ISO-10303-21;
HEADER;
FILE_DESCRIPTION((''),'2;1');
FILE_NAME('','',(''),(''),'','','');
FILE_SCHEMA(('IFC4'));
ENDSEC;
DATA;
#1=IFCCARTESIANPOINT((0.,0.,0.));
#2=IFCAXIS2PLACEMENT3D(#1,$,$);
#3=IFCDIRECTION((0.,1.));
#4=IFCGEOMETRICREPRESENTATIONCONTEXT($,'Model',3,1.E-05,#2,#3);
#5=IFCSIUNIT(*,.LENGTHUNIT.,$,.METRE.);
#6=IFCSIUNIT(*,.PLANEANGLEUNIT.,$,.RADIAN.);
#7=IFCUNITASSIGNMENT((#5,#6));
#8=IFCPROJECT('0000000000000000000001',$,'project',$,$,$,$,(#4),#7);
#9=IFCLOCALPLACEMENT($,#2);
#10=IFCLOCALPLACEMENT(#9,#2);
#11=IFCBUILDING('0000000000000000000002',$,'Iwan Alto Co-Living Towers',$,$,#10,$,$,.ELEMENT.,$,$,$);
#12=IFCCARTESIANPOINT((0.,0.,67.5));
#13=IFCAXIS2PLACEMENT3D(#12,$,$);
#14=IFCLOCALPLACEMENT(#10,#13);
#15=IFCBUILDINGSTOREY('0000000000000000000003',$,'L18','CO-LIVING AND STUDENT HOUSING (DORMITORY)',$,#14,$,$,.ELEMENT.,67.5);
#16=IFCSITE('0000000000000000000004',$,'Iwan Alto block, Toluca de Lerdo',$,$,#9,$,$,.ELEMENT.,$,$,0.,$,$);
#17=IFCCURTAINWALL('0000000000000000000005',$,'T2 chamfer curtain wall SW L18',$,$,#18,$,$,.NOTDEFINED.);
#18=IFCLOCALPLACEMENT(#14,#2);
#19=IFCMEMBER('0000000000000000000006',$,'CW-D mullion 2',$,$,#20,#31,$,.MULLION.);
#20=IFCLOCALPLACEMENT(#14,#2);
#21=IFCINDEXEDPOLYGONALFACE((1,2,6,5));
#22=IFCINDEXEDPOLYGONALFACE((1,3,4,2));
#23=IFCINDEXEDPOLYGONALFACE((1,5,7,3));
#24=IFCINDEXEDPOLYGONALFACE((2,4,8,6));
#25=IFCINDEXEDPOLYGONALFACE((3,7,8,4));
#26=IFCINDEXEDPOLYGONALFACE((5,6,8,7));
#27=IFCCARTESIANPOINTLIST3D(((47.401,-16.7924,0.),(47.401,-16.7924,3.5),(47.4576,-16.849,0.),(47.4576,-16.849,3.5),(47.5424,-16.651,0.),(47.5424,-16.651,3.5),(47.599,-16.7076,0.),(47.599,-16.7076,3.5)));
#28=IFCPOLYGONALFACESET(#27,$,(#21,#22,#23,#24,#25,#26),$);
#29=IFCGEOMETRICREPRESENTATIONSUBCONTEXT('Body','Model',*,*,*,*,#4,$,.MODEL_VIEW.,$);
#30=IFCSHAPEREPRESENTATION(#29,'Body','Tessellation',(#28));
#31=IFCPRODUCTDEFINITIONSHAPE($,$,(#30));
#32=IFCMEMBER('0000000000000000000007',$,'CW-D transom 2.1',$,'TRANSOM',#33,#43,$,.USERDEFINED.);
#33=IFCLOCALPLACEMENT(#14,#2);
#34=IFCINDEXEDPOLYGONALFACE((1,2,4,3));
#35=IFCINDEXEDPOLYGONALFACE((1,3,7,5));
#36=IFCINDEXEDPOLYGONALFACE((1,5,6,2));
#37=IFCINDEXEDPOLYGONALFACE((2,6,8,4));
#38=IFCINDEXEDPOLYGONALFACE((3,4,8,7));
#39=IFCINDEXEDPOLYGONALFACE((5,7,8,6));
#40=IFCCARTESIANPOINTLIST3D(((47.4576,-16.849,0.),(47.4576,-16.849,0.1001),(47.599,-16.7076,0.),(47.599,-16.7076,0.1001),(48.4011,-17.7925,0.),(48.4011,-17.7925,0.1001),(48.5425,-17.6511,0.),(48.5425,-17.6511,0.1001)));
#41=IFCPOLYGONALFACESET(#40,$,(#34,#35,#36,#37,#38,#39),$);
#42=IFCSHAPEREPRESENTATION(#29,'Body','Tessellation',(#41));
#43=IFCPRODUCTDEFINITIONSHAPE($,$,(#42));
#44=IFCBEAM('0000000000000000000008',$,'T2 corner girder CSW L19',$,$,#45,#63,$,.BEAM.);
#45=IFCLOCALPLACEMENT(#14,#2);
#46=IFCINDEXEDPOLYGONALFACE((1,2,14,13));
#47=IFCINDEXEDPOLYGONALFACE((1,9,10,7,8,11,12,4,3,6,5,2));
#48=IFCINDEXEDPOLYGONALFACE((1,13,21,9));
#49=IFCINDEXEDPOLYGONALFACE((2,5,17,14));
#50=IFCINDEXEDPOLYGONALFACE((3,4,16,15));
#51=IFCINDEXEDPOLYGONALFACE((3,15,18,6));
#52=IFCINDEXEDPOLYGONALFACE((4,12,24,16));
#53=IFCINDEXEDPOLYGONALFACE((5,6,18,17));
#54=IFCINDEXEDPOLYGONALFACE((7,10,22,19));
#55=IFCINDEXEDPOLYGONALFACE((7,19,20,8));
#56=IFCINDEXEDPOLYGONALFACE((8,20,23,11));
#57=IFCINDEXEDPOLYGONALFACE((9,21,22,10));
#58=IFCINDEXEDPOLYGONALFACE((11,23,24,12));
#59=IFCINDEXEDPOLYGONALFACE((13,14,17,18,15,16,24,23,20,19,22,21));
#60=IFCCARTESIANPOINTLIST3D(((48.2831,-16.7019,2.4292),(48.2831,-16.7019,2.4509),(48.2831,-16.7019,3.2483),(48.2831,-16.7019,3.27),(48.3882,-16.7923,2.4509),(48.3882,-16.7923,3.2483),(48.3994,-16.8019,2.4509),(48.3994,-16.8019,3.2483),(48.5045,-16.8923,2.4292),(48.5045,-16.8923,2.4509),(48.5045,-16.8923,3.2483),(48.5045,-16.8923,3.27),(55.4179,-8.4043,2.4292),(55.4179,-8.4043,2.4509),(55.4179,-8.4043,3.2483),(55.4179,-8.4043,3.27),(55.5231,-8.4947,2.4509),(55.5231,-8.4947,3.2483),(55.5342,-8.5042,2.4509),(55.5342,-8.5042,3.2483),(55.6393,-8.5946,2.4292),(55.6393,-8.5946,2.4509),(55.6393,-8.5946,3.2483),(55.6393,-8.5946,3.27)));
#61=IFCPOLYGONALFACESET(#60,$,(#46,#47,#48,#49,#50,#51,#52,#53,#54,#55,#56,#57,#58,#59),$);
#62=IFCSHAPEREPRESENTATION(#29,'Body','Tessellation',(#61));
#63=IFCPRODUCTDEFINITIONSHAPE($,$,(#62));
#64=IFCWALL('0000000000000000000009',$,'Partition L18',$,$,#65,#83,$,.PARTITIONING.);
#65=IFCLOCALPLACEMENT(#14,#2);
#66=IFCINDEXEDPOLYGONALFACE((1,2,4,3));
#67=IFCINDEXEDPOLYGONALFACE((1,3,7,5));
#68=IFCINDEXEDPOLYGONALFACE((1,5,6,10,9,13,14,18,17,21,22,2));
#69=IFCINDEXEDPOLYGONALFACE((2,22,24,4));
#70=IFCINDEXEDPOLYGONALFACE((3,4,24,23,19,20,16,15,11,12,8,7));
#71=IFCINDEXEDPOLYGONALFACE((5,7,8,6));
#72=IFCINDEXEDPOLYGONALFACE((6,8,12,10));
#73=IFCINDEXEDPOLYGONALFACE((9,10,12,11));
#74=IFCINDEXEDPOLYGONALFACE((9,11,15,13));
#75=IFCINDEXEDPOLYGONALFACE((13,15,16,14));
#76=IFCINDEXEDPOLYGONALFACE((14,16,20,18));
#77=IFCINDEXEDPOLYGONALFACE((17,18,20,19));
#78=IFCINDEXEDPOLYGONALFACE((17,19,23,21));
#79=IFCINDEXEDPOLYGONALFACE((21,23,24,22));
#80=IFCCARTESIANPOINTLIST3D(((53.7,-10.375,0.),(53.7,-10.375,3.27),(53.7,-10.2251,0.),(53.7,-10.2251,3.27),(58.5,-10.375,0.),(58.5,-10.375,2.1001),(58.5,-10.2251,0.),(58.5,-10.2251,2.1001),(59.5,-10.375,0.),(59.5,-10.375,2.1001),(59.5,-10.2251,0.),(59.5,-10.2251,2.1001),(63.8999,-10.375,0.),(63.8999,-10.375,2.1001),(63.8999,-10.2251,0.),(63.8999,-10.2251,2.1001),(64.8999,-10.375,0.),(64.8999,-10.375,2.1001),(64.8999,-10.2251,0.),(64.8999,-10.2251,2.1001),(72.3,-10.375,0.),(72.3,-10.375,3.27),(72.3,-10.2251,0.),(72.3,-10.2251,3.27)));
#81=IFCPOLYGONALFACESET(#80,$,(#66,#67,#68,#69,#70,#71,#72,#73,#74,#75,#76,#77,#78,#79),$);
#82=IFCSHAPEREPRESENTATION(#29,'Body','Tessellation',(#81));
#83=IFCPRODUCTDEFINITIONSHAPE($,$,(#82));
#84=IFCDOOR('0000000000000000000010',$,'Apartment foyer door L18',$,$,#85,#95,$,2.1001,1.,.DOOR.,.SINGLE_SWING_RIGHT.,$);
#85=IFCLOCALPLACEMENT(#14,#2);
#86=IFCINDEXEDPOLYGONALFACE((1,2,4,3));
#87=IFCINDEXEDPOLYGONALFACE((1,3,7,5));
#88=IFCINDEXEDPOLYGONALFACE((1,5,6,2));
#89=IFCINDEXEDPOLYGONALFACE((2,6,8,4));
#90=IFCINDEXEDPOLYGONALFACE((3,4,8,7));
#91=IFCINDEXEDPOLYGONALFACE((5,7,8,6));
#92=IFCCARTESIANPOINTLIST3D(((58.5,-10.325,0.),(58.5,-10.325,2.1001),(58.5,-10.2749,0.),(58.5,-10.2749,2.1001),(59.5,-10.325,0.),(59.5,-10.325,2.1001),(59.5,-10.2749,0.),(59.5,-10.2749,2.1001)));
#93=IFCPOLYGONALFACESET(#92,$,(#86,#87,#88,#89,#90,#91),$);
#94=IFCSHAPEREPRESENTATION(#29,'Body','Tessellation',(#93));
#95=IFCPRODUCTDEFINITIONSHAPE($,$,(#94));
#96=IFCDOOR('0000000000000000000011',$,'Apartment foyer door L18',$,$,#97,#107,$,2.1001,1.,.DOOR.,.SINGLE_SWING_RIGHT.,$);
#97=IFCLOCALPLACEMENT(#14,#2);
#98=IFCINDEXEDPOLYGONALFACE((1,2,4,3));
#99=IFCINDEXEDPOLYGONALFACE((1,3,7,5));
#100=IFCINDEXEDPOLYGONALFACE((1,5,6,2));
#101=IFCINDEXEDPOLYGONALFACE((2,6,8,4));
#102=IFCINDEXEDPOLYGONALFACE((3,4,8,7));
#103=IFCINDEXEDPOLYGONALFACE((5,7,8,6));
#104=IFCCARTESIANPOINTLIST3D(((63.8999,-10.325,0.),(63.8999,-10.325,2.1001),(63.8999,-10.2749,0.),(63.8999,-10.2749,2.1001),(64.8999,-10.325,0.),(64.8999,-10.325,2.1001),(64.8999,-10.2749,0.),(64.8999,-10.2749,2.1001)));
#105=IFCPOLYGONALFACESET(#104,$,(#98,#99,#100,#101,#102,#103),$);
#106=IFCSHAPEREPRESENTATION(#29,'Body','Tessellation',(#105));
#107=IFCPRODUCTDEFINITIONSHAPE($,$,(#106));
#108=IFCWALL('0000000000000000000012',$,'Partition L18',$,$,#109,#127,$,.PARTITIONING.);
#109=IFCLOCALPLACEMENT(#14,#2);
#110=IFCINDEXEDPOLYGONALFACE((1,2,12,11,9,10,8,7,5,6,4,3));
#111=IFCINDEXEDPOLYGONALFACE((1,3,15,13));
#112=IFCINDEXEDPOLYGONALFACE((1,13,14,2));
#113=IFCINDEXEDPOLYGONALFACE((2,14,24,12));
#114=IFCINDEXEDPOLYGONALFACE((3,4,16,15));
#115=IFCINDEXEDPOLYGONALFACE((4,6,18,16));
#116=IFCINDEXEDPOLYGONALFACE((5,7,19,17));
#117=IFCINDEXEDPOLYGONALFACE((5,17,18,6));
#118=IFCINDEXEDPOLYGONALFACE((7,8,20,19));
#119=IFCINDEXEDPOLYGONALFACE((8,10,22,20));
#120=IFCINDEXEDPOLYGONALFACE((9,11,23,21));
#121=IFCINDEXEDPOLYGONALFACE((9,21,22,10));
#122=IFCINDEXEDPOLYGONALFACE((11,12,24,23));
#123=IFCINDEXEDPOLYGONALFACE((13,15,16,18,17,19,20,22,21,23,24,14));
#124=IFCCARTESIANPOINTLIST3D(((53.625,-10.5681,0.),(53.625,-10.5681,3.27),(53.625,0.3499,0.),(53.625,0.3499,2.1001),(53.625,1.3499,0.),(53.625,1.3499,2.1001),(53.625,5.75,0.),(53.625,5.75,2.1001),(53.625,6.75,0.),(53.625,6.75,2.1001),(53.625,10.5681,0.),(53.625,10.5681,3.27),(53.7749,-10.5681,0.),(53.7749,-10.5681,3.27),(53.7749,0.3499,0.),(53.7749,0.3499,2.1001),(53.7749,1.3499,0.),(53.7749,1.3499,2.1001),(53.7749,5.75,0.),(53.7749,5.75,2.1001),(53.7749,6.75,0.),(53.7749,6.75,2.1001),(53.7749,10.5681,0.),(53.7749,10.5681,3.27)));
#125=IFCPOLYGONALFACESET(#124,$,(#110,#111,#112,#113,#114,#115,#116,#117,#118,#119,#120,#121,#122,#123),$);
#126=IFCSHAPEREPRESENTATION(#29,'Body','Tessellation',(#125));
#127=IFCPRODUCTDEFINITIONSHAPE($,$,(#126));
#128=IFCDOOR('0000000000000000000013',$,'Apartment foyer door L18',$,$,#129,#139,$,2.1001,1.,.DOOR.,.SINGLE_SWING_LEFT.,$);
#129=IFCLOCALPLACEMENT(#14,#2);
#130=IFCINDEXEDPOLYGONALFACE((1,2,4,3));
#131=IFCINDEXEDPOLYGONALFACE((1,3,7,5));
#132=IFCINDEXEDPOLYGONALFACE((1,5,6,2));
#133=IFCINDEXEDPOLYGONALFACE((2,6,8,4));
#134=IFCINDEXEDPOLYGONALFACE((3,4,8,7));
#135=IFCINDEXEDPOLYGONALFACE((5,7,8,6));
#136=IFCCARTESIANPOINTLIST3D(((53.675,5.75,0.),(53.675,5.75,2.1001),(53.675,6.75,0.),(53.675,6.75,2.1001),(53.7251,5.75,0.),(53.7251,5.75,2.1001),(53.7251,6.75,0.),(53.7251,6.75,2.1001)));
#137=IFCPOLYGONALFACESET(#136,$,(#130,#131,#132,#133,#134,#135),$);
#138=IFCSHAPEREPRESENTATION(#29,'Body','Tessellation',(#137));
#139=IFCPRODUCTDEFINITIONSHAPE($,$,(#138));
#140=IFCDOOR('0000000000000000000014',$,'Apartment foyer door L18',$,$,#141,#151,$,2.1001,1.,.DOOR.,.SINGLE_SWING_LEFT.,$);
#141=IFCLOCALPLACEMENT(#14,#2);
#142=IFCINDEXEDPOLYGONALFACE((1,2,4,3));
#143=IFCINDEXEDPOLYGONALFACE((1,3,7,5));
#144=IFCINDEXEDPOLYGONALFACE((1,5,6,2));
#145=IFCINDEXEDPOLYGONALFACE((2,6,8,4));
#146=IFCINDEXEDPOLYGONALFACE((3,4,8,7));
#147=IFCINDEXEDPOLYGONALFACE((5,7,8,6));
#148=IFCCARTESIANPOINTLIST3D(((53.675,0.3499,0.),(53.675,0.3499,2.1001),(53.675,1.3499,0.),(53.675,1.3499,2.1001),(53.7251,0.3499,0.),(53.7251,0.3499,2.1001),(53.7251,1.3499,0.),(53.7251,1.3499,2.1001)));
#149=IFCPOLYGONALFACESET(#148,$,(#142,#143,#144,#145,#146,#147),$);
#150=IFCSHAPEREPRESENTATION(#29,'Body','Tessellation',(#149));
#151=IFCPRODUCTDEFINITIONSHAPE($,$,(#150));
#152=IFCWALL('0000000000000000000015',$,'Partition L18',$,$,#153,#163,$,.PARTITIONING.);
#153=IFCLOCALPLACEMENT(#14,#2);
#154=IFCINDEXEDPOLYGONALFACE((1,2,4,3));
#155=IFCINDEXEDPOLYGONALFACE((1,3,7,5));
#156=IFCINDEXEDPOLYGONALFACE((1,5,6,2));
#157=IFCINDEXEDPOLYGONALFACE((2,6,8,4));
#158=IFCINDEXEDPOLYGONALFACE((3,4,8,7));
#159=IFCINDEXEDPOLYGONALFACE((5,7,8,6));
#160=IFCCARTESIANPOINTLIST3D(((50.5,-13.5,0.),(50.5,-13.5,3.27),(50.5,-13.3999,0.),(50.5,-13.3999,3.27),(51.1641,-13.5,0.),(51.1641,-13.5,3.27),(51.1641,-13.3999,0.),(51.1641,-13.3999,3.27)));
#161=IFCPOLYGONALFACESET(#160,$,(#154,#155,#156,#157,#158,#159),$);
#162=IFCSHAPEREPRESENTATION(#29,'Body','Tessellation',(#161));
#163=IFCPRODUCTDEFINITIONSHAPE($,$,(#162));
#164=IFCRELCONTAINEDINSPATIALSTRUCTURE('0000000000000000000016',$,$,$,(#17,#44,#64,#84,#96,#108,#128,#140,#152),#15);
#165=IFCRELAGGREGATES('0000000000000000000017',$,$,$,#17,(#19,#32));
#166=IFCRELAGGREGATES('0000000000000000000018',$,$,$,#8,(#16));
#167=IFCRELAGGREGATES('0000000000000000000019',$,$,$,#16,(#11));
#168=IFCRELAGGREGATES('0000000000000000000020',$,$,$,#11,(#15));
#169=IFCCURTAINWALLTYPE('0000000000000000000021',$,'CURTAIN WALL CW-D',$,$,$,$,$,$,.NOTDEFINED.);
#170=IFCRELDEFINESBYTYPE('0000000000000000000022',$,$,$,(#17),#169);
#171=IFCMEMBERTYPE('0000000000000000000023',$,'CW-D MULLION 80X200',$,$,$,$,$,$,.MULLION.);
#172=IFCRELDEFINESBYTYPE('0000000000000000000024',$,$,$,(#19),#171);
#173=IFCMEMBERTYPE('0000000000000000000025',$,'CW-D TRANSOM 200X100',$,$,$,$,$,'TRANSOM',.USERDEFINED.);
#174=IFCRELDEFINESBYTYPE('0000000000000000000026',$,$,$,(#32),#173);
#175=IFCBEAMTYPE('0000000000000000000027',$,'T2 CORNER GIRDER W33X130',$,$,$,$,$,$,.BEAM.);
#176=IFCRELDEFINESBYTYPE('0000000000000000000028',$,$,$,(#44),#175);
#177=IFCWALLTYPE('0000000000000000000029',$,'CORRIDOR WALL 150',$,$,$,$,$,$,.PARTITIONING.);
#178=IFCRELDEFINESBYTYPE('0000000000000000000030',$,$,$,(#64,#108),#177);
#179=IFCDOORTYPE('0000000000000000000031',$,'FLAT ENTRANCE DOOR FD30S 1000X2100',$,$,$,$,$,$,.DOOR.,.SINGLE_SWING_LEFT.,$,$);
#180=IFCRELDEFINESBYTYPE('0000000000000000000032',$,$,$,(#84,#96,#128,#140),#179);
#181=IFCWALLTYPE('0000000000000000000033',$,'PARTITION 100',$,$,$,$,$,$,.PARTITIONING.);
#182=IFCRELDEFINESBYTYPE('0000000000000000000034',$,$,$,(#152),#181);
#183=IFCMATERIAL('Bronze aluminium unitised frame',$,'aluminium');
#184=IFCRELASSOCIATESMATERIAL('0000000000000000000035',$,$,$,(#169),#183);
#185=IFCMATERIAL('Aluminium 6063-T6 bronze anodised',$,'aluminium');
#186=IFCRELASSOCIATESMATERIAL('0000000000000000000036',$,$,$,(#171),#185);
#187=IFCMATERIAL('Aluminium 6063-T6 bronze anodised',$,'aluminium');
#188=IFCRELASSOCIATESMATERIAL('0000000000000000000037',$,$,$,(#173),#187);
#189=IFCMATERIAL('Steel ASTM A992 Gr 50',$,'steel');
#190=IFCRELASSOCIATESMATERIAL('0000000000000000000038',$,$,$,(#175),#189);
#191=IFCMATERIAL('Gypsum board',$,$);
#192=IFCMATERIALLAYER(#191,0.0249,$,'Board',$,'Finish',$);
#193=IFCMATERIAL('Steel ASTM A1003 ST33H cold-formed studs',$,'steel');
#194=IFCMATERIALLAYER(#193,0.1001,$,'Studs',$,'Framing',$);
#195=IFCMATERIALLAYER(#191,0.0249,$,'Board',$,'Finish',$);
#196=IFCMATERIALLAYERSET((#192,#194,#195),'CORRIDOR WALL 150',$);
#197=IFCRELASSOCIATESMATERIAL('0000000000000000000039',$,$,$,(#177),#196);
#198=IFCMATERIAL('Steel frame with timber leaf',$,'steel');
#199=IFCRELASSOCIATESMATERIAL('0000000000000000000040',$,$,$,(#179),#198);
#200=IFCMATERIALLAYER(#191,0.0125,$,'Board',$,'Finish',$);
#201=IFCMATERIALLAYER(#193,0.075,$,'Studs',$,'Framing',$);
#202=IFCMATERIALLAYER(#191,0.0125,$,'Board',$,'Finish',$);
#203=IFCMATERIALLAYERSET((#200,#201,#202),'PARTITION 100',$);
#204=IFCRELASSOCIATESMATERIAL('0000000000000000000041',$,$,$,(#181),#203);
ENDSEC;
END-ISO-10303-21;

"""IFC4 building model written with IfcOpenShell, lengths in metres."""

from ifc_helpers import new_model, si_unit, direction, frame, frame_2d, origin, origin_2d, place, context, subcontext, project, spatial, rectangle, i_section, extrude, material, layer, layer_set, material_profile, profile_set, type_object, element, fill, aggregate, save


model = new_model("IFC4")

# Units and contexts
model_context = context("Model", 3, precision=1e-05, world=origin(), true_north=direction((0.0, 1.0)))
body_context = subcontext(model_context, "Body", "Model", "MODEL_VIEW")
ifc_project = project(units=[si_unit("LENGTHUNIT", "METRE"), si_unit("PLANEANGLEUNIT", "RADIAN")], contexts=[model_context])

# Site, building, storey
site_placement = place(None, origin())
site = spatial("IfcSite", under=ifc_project, at=site_placement, Name="Iwan Alto block, Toluca de Lerdo", CompositionType="ELEMENT", RefElevation=0.0)
building_placement = place(site_placement, origin())
building = spatial("IfcBuilding", under=site, at=building_placement, Name="Iwan Alto Co-Living Towers", CompositionType="ELEMENT")
storey_placement = place(building_placement, frame((0.0, 0.0, 67.5)))
storey = spatial("IfcBuildingStorey", under=building, at=storey_placement, Name="L18", Description="CO-LIVING AND STUDENT HOUSING (DORMITORY)", CompositionType="ELEMENT", Elevation=67.5)

# Curtain wall, members
ifc_material_1 = material(Name="Bronze aluminium unitised frame", Category="aluminium")
curtain_wall_type = type_object("IfcCurtainWallType", Name="CURTAIN WALL CW-D", PredefinedType="NOTDEFINED", material=ifc_material_1)
curtain_wall_placement = place(storey_placement, origin())
curtain_wall = element("IfcCurtainWall", 1, at=curtain_wall_placement, inside=storey, type_object=curtain_wall_type, Name="T2 chamfer curtain wall SW L18", PredefinedType="NOTDEFINED")
ifc_material_2 = material(Name="Aluminium 6063-T6 bronze anodised", Category="aluminium")
ifc_material_profile_1 = material_profile(ifc_material_2, rectangle(XDim=0.2, YDim=0.0801, at=origin_2d()), Name="AL 80X200")
ifc_profile_set_1 = profile_set([ifc_material_profile_1], Name="Aluminium 6063-T6 bronze anodised")
member_type_1 = type_object("IfcMemberType", Name="CW-D MULLION 80X200", PredefinedType="MULLION", material=ifc_profile_set_1)
member_1_placement = place(storey_placement, frame((47.5, -16.75, 0.0), z_axis=(0.0, 0.0, 1.0), x_axis=(0.707107, 0.707107, 0.0)))
member_1 = element("IfcMember", 2, at=member_1_placement, type_object=member_type_1, Name="CW-D mullion 2", PredefinedType="MULLION", context=body_context, shape_type="SweptSolid", body=[
    extrude(rectangle(XDim=0.2, YDim=0.0801, at=origin_2d()), origin(), (0.0, 0.0, 1.0), 3.5),
])
ifc_material_3 = material(Name="Aluminium 6063-T6 bronze anodised", Category="aluminium")
ifc_material_profile_2 = material_profile(ifc_material_3, rectangle(XDim=0.2, YDim=0.1001, at=origin_2d()), Name="AL 200X100")
ifc_profile_set_2 = profile_set([ifc_material_profile_2], Name="Aluminium 6063-T6 bronze anodised")
member_type_2 = type_object("IfcMemberType", Name="CW-D TRANSOM 200X100", ElementType="TRANSOM", PredefinedType="USERDEFINED", material=ifc_profile_set_2)
member_2_placement = place(storey_placement, frame((47.5283, -16.7783, 0.05), z_axis=(0.707107, -0.707107, 0.0), x_axis=(0.707107, 0.707107, 0.0)))
member_2 = element("IfcMember", 3, at=member_2_placement, type_object=member_type_2, Name="CW-D transom 2.1", ObjectType="TRANSOM", PredefinedType="USERDEFINED", context=body_context, shape_type="SweptSolid", body=[
    extrude(rectangle(XDim=0.2, YDim=0.1001, at=origin_2d()), origin(), (0.0, 0.0, 1.0), 1.3342),
])
aggregate(curtain_wall, [member_1, member_2])

# Beam
ifc_material_4 = material(Name="Steel ASTM A992 Gr 50", Category="steel")
ifc_material_profile_3 = material_profile(ifc_material_4, i_section(OverallWidth=0.292, OverallDepth=0.8408, WebThickness=0.0146, FlangeThickness=0.0217, at=origin_2d()), Name="W33X130")
ifc_profile_set_3 = profile_set([ifc_material_profile_3], Name="Steel ASTM A992 Gr 50")
beam_type = type_object("IfcBeamType", Name="T2 CORNER GIRDER W33X130", PredefinedType="BEAM", material=ifc_profile_set_3)
beam_placement = place(storey_placement, frame((48.3938, -16.7971, 2.8496), z_axis=(0.651977, 0.758238, 0.0), x_axis=(-0.758238, 0.651977, 0.0)))
element("IfcBeam", 4, at=beam_placement, inside=storey, type_object=beam_type, Name="T2 corner girder CSW L19", PredefinedType="BEAM", context=body_context, shape_type="SweptSolid", body=[
    extrude(i_section(OverallWidth=0.292, OverallDepth=0.8408, WebThickness=0.0146, FlangeThickness=0.0217, at=origin_2d()), origin(), (0.0, 0.0, 1.0), 10.9434),
])

# Walls, openings, doors
ifc_material_5 = material(Name="Gypsum board")
ifc_layer_1 = layer(ifc_material_5, 0.0249, Name="Board", Category="Finish")
ifc_material_6 = material(Name="Steel ASTM A1003 ST33H cold-formed studs", Category="steel")
ifc_layer_2 = layer(ifc_material_6, 0.1001, Name="Studs", Category="Framing")
ifc_layer_3 = layer(ifc_material_5, 0.0249, Name="Board", Category="Finish")
ifc_layer_set_1 = layer_set([ifc_layer_1, ifc_layer_2, ifc_layer_3], Name="CORRIDOR WALL 150")
wall_type_1 = type_object("IfcWallType", Name="CORRIDOR WALL 150", PredefinedType="PARTITIONING", material=ifc_layer_set_1)
wall_1_placement = place(storey_placement, frame((53.7, -10.3, 0.0), z_axis=(0.0, 0.0, 1.0), x_axis=(1.0, 0.0, 0.0)))
wall_1 = element("IfcWall", 5, at=wall_1_placement, inside=storey, type_object=wall_type_1, Name="Partition L18", PredefinedType="PARTITIONING", context=body_context, shape_type="SweptSolid", body=[
    extrude(rectangle(XDim=18.6001, YDim=0.1499, at=frame_2d((9.3, 0.0))), origin(), (0.0, 0.0, 1.0), 3.27),
])
opening_1_placement = place(wall_1_placement, frame((4.8, 0.0, 0.0)))
opening_1 = element("IfcOpeningElement", 6, at=opening_1_placement, cuts=wall_1, PredefinedType="OPENING", context=body_context, shape_type="SweptSolid", body=[
    extrude(rectangle(XDim=1.0, YDim=2.1001, at=frame_2d((0.5, 1.05))), frame((0.0, 0.085, 0.0), z_axis=(0.0, -1.0, 0.0), x_axis=(1.0, 0.0, 0.0)), (0.0, 0.0, 1.0), 0.1699),
])
opening_2_placement = place(wall_1_placement, frame((10.2, 0.0, 0.0)))
opening_2 = element("IfcOpeningElement", 7, at=opening_2_placement, cuts=wall_1, PredefinedType="OPENING", context=body_context, shape_type="SweptSolid", body=[
    extrude(rectangle(XDim=1.0, YDim=2.1001, at=frame_2d((0.5, 1.05))), frame((0.0, 0.085, 0.0), z_axis=(0.0, -1.0, 0.0), x_axis=(1.0, 0.0, 0.0)), (0.0, 0.0, 1.0), 0.1699),
])
ifc_material_7 = material(Name="Steel frame with timber leaf", Category="steel")
door_type_1 = type_object("IfcDoorType", Name="FLAT ENTRANCE DOOR FD30S 1000X2100", OperationType="SINGLE_SWING_LEFT", PredefinedType="DOOR", material=ifc_material_7)
door_1_placement = place(opening_1_placement, frame((1.0, 0.0, 0.0), z_axis=(0.0, 0.0, 1.0), x_axis=(-1.0, 0.0, 0.0)))
door_1 = element("IfcDoor", 8, at=door_1_placement, inside=storey, type_object=door_type_1, Name="Apartment foyer door L18", OperationType="SINGLE_SWING_RIGHT", OverallHeight=2.1001, OverallWidth=1.0, PredefinedType="DOOR", context=body_context, shape_type="SweptSolid", body=[
    extrude(rectangle(XDim=1.0, YDim=2.1001, at=frame_2d((0.5, 1.05))), frame((0.0, 0.0249, 0.0), z_axis=(0.0, -1.0, 0.0), x_axis=(1.0, 0.0, 0.0)), (0.0, 0.0, 1.0), 0.05),
])
fill(opening_1, door_1)
door_2_placement = place(opening_2_placement, frame((1.0, 0.0, 0.0), z_axis=(0.0, 0.0, 1.0), x_axis=(-1.0, 0.0, 0.0)))
door_2 = element("IfcDoor", 9, at=door_2_placement, inside=storey, type_object=door_type_1, Name="Apartment foyer door L18", OperationType="SINGLE_SWING_RIGHT", OverallHeight=2.1001, OverallWidth=1.0, PredefinedType="DOOR", context=body_context, shape_type="SweptSolid", body=[
    extrude(rectangle(XDim=1.0, YDim=2.1001, at=frame_2d((0.5, 1.05))), frame((0.0, 0.0249, 0.0), z_axis=(0.0, -1.0, 0.0), x_axis=(1.0, 0.0, 0.0)), (0.0, 0.0, 1.0), 0.05),
])
fill(opening_2, door_2)
wall_2_placement = place(storey_placement, frame((53.7, -10.5681, 0.0), z_axis=(0.0, 0.0, 1.0), x_axis=(0.0, 1.0, 0.0)))
wall_2 = element("IfcWall", 10, at=wall_2_placement, inside=storey, type_object=wall_type_1, Name="Partition L18", PredefinedType="PARTITIONING", context=body_context, shape_type="SweptSolid", body=[
    extrude(rectangle(XDim=21.1362, YDim=0.1499, at=frame_2d((10.5681, 0.0))), origin(), (0.0, 0.0, 1.0), 3.27),
])
opening_3_placement = place(wall_2_placement, frame((16.3181, 0.0, 0.0)))
opening_3 = element("IfcOpeningElement", 11, at=opening_3_placement, cuts=wall_2, PredefinedType="OPENING", context=body_context, shape_type="SweptSolid", body=[
    extrude(rectangle(XDim=1.0, YDim=2.1001, at=frame_2d((0.5, 1.05))), frame((0.0, 0.085, 0.0), z_axis=(0.0, -1.0, 0.0), x_axis=(1.0, 0.0, 0.0)), (0.0, 0.0, 1.0), 0.1699),
])
opening_4_placement = place(wall_2_placement, frame((10.918, 0.0, 0.0)))
opening_4 = element("IfcOpeningElement", 12, at=opening_4_placement, cuts=wall_2, PredefinedType="OPENING", context=body_context, shape_type="SweptSolid", body=[
    extrude(rectangle(XDim=1.0, YDim=2.1001, at=frame_2d((0.5, 1.05))), frame((0.0, 0.085, 0.0), z_axis=(0.0, -1.0, 0.0), x_axis=(1.0, 0.0, 0.0)), (0.0, 0.0, 1.0), 0.1699),
])
door_3_placement = place(opening_3_placement, origin())
door_3 = element("IfcDoor", 13, at=door_3_placement, inside=storey, type_object=door_type_1, Name="Apartment foyer door L18", OperationType="SINGLE_SWING_LEFT", OverallHeight=2.1001, OverallWidth=1.0, PredefinedType="DOOR", context=body_context, shape_type="SweptSolid", body=[
    extrude(rectangle(XDim=1.0, YDim=2.1001, at=frame_2d((0.5, 1.05))), frame((0.0, 0.0249, 0.0), z_axis=(0.0, -1.0, 0.0), x_axis=(1.0, 0.0, 0.0)), (0.0, 0.0, 1.0), 0.05),
])
fill(opening_3, door_3)
door_4_placement = place(opening_4_placement, origin())
door_4 = element("IfcDoor", 14, at=door_4_placement, inside=storey, type_object=door_type_1, Name="Apartment foyer door L18", OperationType="SINGLE_SWING_LEFT", OverallHeight=2.1001, OverallWidth=1.0, PredefinedType="DOOR", context=body_context, shape_type="SweptSolid", body=[
    extrude(rectangle(XDim=1.0, YDim=2.1001, at=frame_2d((0.5, 1.05))), frame((0.0, 0.0249, 0.0), z_axis=(0.0, -1.0, 0.0), x_axis=(1.0, 0.0, 0.0)), (0.0, 0.0, 1.0), 0.05),
])
fill(opening_4, door_4)

# Wall
ifc_layer_4 = layer(ifc_material_5, 0.0125, Name="Board", Category="Finish")
ifc_layer_5 = layer(ifc_material_6, 0.075, Name="Studs", Category="Framing")
ifc_layer_6 = layer(ifc_material_5, 0.0125, Name="Board", Category="Finish")
ifc_layer_set_2 = layer_set([ifc_layer_4, ifc_layer_5, ifc_layer_6], Name="PARTITION 100")
wall_type_2 = type_object("IfcWallType", Name="PARTITION 100", PredefinedType="PARTITIONING", material=ifc_layer_set_2)
wall_3_placement = place(storey_placement, frame((50.5, -13.45, 0.0), z_axis=(0.0, 0.0, 1.0), x_axis=(1.0, 0.0, 0.0)))
element("IfcWall", 15, at=wall_3_placement, inside=storey, type_object=wall_type_2, Name="Partition L18", PredefinedType="PARTITIONING", context=body_context, shape_type="SweptSolid", body=[
    extrude(rectangle(XDim=0.6641, YDim=0.1001, at=frame_2d((0.332, 0.0))), origin(), (0.0, 0.0, 1.0), 3.27),
])

save(model, "model.ifc")
